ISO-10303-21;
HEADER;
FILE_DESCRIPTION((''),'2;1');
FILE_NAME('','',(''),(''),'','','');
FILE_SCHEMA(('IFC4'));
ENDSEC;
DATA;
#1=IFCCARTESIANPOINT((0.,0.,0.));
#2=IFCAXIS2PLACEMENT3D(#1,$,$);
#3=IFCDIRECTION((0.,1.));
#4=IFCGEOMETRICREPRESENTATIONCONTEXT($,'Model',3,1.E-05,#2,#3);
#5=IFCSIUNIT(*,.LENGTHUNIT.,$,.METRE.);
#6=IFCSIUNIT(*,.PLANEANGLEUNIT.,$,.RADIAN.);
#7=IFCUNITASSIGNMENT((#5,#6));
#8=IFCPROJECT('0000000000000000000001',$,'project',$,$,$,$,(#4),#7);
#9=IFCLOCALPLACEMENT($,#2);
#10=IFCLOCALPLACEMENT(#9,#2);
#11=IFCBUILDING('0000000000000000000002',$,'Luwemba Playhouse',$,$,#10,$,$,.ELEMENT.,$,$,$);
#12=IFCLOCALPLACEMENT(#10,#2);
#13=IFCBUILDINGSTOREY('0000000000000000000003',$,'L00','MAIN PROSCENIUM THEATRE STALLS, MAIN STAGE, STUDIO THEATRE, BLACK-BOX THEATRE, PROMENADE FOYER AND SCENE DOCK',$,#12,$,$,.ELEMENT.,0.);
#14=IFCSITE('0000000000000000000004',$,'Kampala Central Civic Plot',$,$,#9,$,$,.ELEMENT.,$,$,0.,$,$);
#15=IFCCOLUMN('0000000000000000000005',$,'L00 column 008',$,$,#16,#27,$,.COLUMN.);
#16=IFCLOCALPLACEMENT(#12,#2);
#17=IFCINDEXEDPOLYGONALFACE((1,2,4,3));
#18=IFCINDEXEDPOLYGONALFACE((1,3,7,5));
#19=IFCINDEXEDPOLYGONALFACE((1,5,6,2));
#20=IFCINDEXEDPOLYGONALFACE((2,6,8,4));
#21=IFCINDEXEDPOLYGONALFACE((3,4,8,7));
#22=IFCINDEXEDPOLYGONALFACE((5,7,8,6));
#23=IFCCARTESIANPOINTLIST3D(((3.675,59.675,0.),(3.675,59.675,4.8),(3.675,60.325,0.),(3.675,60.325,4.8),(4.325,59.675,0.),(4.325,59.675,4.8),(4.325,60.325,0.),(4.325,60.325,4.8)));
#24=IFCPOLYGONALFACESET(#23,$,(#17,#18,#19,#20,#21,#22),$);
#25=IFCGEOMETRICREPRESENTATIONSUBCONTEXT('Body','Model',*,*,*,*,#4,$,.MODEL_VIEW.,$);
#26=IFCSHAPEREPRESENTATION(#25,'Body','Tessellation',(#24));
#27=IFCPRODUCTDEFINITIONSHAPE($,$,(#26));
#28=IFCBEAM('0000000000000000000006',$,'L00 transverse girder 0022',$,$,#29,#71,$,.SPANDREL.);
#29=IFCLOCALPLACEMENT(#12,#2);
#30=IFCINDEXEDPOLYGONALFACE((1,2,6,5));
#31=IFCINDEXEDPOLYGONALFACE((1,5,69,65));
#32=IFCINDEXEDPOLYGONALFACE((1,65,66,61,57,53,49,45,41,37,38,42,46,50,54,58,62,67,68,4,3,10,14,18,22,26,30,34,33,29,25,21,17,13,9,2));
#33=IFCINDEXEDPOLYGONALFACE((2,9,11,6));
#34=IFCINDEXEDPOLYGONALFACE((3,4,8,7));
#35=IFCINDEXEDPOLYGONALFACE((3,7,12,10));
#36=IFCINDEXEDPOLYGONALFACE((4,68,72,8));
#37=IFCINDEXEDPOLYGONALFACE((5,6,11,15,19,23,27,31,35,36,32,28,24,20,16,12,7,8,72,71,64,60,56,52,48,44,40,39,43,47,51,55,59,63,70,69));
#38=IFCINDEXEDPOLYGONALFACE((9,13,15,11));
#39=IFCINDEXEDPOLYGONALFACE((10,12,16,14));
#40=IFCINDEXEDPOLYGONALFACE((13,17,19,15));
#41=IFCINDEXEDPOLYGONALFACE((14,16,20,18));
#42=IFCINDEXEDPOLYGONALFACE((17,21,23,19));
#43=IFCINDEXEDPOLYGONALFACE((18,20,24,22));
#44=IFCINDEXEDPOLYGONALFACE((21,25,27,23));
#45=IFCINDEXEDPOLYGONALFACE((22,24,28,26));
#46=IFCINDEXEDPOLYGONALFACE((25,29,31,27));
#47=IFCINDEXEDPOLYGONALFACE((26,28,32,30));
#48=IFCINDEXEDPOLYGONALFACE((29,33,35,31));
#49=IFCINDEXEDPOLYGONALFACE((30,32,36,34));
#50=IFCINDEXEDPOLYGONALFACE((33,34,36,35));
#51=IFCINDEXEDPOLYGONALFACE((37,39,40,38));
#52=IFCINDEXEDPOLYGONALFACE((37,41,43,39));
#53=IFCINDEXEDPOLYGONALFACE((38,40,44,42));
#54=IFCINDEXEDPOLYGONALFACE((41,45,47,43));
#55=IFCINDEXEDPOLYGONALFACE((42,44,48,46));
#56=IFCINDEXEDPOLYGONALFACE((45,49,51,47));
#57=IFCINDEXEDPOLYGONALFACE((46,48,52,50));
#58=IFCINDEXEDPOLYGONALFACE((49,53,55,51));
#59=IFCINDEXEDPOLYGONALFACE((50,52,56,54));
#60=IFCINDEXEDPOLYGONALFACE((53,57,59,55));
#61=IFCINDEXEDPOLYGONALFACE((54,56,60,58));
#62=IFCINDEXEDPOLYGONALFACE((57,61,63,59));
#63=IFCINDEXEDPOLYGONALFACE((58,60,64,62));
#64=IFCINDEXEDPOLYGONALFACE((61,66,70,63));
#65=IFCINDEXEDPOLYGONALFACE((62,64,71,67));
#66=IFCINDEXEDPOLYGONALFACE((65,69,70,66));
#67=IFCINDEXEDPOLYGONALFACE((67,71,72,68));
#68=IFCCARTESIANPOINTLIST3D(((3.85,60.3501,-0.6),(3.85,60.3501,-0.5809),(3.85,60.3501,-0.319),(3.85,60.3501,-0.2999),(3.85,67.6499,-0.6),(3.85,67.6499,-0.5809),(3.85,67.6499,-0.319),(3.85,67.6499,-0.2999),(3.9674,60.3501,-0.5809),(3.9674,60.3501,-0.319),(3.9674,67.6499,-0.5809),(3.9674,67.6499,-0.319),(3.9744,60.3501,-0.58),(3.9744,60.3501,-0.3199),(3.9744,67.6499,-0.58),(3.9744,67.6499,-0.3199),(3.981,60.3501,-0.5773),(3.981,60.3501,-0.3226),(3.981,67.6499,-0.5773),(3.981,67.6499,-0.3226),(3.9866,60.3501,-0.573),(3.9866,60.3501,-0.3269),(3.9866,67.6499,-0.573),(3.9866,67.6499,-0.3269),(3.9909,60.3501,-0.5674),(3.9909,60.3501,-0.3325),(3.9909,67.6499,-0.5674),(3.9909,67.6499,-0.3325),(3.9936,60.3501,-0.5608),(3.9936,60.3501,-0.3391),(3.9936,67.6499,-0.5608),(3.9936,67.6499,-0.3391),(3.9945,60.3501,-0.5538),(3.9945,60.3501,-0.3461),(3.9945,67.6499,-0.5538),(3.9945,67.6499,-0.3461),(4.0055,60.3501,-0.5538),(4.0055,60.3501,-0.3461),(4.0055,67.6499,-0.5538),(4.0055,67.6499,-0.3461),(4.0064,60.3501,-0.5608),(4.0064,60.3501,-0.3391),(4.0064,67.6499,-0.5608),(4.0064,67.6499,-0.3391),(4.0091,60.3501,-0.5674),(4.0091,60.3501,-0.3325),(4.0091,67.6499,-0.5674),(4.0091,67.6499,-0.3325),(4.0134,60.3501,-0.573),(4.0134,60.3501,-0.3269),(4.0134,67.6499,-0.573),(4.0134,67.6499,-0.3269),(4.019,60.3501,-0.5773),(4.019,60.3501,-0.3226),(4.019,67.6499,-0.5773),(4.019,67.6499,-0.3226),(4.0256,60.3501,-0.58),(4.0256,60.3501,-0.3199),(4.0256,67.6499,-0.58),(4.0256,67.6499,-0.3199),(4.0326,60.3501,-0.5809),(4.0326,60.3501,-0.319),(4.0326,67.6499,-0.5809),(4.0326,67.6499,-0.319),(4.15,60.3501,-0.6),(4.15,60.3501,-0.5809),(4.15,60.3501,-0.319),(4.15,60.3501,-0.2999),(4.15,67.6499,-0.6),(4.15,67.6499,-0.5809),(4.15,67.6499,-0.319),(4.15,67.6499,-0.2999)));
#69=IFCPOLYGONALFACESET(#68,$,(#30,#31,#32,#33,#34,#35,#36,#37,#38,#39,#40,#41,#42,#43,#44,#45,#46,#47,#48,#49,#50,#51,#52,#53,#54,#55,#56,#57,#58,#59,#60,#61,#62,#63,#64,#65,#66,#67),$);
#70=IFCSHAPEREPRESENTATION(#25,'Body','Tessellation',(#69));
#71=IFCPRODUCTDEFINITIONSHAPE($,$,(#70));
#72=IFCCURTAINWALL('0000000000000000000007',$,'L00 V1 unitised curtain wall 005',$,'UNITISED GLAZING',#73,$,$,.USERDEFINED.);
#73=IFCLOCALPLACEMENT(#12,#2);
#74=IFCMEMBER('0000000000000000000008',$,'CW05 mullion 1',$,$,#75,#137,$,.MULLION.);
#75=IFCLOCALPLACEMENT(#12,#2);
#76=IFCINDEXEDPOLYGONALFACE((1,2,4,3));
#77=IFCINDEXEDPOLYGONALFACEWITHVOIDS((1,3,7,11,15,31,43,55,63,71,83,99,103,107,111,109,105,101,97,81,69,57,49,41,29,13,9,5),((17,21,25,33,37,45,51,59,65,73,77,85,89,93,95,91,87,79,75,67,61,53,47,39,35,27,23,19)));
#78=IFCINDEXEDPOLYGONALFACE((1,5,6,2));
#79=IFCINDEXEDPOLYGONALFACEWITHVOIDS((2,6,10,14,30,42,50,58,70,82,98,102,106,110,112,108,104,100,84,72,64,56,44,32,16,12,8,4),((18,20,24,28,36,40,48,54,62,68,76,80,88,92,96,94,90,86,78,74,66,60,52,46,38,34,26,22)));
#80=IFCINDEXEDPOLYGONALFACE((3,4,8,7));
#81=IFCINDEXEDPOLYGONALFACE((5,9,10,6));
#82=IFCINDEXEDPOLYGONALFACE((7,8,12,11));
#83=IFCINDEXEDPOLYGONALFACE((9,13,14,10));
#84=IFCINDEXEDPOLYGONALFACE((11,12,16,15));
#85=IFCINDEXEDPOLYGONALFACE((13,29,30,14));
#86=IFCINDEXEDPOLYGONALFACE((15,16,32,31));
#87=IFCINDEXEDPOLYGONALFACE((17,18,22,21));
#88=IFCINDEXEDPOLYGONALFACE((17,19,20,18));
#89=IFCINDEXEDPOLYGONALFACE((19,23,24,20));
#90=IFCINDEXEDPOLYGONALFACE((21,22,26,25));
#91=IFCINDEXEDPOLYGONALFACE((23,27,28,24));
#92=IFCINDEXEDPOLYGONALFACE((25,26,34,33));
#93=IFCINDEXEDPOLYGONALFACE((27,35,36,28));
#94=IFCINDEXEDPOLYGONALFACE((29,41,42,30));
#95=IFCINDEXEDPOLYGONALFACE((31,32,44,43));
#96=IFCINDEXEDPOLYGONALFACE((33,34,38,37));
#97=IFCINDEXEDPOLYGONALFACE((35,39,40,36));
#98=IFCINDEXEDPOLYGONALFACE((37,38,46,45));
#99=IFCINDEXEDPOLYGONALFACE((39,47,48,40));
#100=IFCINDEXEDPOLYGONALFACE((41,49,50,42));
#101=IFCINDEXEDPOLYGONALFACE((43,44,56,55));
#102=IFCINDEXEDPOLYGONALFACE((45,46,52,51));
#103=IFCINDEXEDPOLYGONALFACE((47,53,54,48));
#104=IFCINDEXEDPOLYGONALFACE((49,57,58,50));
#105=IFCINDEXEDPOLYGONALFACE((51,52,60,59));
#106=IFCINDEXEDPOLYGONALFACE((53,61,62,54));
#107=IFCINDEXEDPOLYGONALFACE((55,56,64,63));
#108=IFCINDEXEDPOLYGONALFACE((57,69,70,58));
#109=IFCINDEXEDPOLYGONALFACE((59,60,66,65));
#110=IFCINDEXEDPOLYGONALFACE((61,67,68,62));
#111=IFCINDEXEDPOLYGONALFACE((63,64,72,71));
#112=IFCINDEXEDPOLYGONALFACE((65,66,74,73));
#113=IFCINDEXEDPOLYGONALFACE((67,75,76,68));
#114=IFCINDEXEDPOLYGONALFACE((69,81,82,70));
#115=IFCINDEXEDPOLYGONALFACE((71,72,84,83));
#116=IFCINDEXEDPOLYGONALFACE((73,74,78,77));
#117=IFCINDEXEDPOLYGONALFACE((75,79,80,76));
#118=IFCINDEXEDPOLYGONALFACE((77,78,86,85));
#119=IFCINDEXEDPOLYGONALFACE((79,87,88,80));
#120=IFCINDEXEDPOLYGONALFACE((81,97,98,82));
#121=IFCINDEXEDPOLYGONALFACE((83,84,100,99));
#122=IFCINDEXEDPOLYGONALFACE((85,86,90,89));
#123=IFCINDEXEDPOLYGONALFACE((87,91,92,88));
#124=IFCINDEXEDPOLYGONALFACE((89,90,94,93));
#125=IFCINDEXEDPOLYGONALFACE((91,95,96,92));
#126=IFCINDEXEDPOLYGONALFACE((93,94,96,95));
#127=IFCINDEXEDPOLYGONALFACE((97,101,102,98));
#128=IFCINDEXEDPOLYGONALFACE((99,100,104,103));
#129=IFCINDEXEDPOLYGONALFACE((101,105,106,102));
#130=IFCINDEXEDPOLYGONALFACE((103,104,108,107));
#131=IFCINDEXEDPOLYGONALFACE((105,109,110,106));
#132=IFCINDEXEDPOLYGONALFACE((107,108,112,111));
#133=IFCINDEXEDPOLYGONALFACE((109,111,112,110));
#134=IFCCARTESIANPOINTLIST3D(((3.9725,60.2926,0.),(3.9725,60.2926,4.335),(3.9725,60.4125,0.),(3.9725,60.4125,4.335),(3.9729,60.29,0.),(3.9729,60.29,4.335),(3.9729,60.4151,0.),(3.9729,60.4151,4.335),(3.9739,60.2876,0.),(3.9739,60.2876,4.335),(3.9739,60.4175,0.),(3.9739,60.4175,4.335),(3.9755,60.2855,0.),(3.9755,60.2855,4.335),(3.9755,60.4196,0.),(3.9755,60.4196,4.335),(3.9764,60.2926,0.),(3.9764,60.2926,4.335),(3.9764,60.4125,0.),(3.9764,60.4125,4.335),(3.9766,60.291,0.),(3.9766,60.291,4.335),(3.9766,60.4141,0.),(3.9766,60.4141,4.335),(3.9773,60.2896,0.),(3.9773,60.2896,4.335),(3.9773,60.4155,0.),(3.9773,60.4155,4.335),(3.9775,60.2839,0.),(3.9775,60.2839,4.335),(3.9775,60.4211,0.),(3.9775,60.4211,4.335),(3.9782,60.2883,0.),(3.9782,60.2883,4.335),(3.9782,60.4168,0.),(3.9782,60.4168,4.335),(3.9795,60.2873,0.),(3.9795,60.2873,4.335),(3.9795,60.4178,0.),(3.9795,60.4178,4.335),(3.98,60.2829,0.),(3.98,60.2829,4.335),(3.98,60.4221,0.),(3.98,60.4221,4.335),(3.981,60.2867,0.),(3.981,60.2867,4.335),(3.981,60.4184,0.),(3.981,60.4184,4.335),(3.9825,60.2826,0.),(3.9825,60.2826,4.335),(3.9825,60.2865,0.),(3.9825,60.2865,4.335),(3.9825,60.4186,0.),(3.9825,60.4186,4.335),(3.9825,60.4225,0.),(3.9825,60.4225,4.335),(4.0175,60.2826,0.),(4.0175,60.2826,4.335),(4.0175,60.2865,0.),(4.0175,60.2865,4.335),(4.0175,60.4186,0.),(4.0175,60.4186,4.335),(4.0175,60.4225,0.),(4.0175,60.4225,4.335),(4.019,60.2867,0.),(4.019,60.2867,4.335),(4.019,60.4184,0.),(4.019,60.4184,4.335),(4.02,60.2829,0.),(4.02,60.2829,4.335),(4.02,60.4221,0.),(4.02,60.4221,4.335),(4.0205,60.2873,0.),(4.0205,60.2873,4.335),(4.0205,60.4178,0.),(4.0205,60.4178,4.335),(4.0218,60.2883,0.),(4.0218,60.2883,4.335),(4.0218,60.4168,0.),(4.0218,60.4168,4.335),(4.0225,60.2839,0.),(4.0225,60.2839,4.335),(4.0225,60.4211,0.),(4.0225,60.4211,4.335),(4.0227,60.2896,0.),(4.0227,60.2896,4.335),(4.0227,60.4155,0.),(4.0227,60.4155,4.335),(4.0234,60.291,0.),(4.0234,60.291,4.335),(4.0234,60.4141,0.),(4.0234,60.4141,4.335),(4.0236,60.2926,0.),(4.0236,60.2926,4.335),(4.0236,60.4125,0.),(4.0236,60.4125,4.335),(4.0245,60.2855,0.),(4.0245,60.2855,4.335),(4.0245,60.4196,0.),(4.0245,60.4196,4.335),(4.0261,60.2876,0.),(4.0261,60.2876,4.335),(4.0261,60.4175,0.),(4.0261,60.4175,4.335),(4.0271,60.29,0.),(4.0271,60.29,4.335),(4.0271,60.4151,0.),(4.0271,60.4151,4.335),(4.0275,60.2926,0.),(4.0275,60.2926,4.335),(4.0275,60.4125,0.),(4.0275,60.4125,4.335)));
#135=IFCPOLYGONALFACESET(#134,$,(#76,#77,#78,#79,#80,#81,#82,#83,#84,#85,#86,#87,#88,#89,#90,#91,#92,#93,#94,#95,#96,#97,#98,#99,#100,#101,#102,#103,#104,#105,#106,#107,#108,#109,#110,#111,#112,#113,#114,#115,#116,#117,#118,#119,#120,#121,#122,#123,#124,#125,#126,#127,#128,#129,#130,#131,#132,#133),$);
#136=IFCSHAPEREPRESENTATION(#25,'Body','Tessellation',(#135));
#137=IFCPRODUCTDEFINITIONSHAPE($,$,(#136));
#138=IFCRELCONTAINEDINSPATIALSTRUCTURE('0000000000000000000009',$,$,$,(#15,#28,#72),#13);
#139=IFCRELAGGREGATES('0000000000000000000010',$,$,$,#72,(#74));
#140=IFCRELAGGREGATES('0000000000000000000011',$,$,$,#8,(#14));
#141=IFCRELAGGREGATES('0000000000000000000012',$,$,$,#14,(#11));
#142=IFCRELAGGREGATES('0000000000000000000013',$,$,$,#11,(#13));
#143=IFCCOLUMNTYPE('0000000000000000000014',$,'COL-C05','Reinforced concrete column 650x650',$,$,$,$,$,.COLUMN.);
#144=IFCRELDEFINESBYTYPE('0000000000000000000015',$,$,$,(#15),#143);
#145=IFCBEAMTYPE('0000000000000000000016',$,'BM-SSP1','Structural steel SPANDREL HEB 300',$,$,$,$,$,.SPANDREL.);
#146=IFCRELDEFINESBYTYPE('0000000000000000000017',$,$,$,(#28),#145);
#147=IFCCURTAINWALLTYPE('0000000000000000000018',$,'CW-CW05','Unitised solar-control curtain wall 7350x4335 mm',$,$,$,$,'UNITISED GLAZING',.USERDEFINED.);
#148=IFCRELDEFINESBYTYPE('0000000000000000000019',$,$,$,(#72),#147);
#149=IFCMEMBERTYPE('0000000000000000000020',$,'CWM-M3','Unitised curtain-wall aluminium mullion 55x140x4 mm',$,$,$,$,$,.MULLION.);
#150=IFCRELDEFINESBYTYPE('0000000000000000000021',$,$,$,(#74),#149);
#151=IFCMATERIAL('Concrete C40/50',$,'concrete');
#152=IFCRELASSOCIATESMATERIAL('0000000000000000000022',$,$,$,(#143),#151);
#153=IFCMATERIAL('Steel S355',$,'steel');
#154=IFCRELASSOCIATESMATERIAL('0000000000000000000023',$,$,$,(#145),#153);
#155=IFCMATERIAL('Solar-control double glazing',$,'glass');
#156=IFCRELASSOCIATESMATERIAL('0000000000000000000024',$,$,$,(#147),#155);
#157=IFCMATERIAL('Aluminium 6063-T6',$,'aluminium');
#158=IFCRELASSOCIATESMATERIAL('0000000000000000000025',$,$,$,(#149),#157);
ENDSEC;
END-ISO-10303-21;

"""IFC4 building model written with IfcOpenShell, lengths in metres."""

from ifc_helpers import new_model, si_unit, direction, frame, origin, origin_2d, place, context, subcontext, project, spatial, rectangle, hollow_rectangle, i_section, extrude, material, material_profile, profile_set, type_object, element, aggregate, save


model = new_model("IFC4")

# Units and contexts
model_context = context("Model", 3, precision=1e-05, world=origin(), true_north=direction((0.0, 1.0)))
body_context = subcontext(model_context, "Body", "Model", "MODEL_VIEW")
ifc_project = project(units=[si_unit("LENGTHUNIT", "METRE"), si_unit("PLANEANGLEUNIT", "RADIAN")], contexts=[model_context])

# Site, building, storey
site_placement = place(None, origin())
site = spatial("IfcSite", under=ifc_project, at=site_placement, Name="Kampala Central Civic Plot", CompositionType="ELEMENT", RefElevation=0.0)
building_placement = place(site_placement, origin())
building = spatial("IfcBuilding", under=site, at=building_placement, Name="Luwemba Playhouse", CompositionType="ELEMENT")
storey_placement = place(building_placement, origin())
storey = spatial("IfcBuildingStorey", under=building, at=storey_placement, Name="L00", Description="MAIN PROSCENIUM THEATRE STALLS, MAIN STAGE, STUDIO THEATRE, BLACK-BOX THEATRE, PROMENADE FOYER AND SCENE DOCK", CompositionType="ELEMENT", Elevation=0.0)

# Column
ifc_material_1 = material(Name="Concrete C40/50", Category="concrete")
ifc_material_profile_1 = material_profile(ifc_material_1, rectangle(XDim=0.6499, YDim=0.6499, at=origin_2d()))
ifc_profile_set_1 = profile_set([ifc_material_profile_1], Name="Concrete C40/50")
column_type = type_object("IfcColumnType", Name="COL-C05", Description="Reinforced concrete column 650x650", PredefinedType="COLUMN", material=ifc_profile_set_1)
column_placement = place(storey_placement, frame((4.0, 60.0, 0.0), z_axis=(0.0, 0.0, 1.0), x_axis=(1.0, 0.0, 0.0)))
element("IfcColumn", 1, at=column_placement, inside=storey, type_object=column_type, Name="L00 column 008", PredefinedType="COLUMN", context=body_context, shape_type="SweptSolid", body=[
    extrude(rectangle(XDim=0.6499, YDim=0.6499, at=origin_2d()), origin(), (0.0, 0.0, 1.0), 4.8),
])

# Beam
ifc_material_2 = material(Name="Steel S355", Category="steel")
ifc_material_profile_2 = material_profile(ifc_material_2, i_section(OverallWidth=0.3, OverallDepth=0.3, WebThickness=0.011, FlangeThickness=0.019, FilletRadius=0.0271, at=origin_2d()))
ifc_profile_set_2 = profile_set([ifc_material_profile_2], Name="Steel S355")
beam_type = type_object("IfcBeamType", Name="BM-SSP1", Description="Structural steel SPANDREL HEB 300", PredefinedType="SPANDREL", material=ifc_profile_set_2)
beam_placement = place(storey_placement, frame((4.0, 60.3501, -0.45), z_axis=(0.0, 1.0, 0.0), x_axis=(-1.0, 0.0, 0.0)))
element("IfcBeam", 2, at=beam_placement, inside=storey, type_object=beam_type, Name="L00 transverse girder 0022", PredefinedType="SPANDREL", context=body_context, shape_type="SweptSolid", body=[
    extrude(i_section(OverallWidth=0.3, OverallDepth=0.3, WebThickness=0.011, FlangeThickness=0.019, FilletRadius=0.0271, at=origin_2d()), origin(), (0.0, 0.0, 1.0), 7.2998),
])

# Curtain wall, member
ifc_material_3 = material(Name="Solar-control double glazing", Category="glass")
curtain_wall_type = type_object("IfcCurtainWallType", Name="CW-CW05", Description="Unitised solar-control curtain wall 7350x4335 mm", ElementType="UNITISED GLAZING", PredefinedType="USERDEFINED", material=ifc_material_3)
curtain_wall_placement = place(storey_placement, origin())
curtain_wall = element("IfcCurtainWall", 3, at=curtain_wall_placement, inside=storey, type_object=curtain_wall_type, Name="L00 V1 unitised curtain wall 005", ObjectType="UNITISED GLAZING", PredefinedType="USERDEFINED")
ifc_material_4 = material(Name="Aluminium 6063-T6", Category="aluminium")
ifc_material_profile_3 = material_profile(ifc_material_4, hollow_rectangle(XDim=0.0549, YDim=0.1399, WallThickness=0.0039, InnerFilletRadius=0.0061, OuterFilletRadius=0.01, at=origin_2d()))
ifc_profile_set_3 = profile_set([ifc_material_profile_3], Name="Aluminium 6063-T6")
member_type_1 = type_object("IfcMemberType", Name="CWM-M3", Description="Unitised curtain-wall aluminium mullion 55x140x4 mm", PredefinedType="MULLION", material=ifc_profile_set_3)
member_1_placement = place(storey_placement, frame((4.0, 60.3525, 0.0), z_axis=(0.0, 0.0, 1.0), x_axis=(-1.0, 0.0, 0.0)))
member_1 = element("IfcMember", 4, at=member_1_placement, type_object=member_type_1, Name="CW05 mullion 1", PredefinedType="MULLION", context=body_context, shape_type="SweptSolid", body=[
    extrude(hollow_rectangle(XDim=0.0549, YDim=0.1399, WallThickness=0.0039, InnerFilletRadius=0.0061, OuterFilletRadius=0.01, at=origin_2d()), origin(), (0.0, 0.0, 1.0), 4.335),
])
aggregate(curtain_wall, [member_1])

save(model, "model.ifc")
